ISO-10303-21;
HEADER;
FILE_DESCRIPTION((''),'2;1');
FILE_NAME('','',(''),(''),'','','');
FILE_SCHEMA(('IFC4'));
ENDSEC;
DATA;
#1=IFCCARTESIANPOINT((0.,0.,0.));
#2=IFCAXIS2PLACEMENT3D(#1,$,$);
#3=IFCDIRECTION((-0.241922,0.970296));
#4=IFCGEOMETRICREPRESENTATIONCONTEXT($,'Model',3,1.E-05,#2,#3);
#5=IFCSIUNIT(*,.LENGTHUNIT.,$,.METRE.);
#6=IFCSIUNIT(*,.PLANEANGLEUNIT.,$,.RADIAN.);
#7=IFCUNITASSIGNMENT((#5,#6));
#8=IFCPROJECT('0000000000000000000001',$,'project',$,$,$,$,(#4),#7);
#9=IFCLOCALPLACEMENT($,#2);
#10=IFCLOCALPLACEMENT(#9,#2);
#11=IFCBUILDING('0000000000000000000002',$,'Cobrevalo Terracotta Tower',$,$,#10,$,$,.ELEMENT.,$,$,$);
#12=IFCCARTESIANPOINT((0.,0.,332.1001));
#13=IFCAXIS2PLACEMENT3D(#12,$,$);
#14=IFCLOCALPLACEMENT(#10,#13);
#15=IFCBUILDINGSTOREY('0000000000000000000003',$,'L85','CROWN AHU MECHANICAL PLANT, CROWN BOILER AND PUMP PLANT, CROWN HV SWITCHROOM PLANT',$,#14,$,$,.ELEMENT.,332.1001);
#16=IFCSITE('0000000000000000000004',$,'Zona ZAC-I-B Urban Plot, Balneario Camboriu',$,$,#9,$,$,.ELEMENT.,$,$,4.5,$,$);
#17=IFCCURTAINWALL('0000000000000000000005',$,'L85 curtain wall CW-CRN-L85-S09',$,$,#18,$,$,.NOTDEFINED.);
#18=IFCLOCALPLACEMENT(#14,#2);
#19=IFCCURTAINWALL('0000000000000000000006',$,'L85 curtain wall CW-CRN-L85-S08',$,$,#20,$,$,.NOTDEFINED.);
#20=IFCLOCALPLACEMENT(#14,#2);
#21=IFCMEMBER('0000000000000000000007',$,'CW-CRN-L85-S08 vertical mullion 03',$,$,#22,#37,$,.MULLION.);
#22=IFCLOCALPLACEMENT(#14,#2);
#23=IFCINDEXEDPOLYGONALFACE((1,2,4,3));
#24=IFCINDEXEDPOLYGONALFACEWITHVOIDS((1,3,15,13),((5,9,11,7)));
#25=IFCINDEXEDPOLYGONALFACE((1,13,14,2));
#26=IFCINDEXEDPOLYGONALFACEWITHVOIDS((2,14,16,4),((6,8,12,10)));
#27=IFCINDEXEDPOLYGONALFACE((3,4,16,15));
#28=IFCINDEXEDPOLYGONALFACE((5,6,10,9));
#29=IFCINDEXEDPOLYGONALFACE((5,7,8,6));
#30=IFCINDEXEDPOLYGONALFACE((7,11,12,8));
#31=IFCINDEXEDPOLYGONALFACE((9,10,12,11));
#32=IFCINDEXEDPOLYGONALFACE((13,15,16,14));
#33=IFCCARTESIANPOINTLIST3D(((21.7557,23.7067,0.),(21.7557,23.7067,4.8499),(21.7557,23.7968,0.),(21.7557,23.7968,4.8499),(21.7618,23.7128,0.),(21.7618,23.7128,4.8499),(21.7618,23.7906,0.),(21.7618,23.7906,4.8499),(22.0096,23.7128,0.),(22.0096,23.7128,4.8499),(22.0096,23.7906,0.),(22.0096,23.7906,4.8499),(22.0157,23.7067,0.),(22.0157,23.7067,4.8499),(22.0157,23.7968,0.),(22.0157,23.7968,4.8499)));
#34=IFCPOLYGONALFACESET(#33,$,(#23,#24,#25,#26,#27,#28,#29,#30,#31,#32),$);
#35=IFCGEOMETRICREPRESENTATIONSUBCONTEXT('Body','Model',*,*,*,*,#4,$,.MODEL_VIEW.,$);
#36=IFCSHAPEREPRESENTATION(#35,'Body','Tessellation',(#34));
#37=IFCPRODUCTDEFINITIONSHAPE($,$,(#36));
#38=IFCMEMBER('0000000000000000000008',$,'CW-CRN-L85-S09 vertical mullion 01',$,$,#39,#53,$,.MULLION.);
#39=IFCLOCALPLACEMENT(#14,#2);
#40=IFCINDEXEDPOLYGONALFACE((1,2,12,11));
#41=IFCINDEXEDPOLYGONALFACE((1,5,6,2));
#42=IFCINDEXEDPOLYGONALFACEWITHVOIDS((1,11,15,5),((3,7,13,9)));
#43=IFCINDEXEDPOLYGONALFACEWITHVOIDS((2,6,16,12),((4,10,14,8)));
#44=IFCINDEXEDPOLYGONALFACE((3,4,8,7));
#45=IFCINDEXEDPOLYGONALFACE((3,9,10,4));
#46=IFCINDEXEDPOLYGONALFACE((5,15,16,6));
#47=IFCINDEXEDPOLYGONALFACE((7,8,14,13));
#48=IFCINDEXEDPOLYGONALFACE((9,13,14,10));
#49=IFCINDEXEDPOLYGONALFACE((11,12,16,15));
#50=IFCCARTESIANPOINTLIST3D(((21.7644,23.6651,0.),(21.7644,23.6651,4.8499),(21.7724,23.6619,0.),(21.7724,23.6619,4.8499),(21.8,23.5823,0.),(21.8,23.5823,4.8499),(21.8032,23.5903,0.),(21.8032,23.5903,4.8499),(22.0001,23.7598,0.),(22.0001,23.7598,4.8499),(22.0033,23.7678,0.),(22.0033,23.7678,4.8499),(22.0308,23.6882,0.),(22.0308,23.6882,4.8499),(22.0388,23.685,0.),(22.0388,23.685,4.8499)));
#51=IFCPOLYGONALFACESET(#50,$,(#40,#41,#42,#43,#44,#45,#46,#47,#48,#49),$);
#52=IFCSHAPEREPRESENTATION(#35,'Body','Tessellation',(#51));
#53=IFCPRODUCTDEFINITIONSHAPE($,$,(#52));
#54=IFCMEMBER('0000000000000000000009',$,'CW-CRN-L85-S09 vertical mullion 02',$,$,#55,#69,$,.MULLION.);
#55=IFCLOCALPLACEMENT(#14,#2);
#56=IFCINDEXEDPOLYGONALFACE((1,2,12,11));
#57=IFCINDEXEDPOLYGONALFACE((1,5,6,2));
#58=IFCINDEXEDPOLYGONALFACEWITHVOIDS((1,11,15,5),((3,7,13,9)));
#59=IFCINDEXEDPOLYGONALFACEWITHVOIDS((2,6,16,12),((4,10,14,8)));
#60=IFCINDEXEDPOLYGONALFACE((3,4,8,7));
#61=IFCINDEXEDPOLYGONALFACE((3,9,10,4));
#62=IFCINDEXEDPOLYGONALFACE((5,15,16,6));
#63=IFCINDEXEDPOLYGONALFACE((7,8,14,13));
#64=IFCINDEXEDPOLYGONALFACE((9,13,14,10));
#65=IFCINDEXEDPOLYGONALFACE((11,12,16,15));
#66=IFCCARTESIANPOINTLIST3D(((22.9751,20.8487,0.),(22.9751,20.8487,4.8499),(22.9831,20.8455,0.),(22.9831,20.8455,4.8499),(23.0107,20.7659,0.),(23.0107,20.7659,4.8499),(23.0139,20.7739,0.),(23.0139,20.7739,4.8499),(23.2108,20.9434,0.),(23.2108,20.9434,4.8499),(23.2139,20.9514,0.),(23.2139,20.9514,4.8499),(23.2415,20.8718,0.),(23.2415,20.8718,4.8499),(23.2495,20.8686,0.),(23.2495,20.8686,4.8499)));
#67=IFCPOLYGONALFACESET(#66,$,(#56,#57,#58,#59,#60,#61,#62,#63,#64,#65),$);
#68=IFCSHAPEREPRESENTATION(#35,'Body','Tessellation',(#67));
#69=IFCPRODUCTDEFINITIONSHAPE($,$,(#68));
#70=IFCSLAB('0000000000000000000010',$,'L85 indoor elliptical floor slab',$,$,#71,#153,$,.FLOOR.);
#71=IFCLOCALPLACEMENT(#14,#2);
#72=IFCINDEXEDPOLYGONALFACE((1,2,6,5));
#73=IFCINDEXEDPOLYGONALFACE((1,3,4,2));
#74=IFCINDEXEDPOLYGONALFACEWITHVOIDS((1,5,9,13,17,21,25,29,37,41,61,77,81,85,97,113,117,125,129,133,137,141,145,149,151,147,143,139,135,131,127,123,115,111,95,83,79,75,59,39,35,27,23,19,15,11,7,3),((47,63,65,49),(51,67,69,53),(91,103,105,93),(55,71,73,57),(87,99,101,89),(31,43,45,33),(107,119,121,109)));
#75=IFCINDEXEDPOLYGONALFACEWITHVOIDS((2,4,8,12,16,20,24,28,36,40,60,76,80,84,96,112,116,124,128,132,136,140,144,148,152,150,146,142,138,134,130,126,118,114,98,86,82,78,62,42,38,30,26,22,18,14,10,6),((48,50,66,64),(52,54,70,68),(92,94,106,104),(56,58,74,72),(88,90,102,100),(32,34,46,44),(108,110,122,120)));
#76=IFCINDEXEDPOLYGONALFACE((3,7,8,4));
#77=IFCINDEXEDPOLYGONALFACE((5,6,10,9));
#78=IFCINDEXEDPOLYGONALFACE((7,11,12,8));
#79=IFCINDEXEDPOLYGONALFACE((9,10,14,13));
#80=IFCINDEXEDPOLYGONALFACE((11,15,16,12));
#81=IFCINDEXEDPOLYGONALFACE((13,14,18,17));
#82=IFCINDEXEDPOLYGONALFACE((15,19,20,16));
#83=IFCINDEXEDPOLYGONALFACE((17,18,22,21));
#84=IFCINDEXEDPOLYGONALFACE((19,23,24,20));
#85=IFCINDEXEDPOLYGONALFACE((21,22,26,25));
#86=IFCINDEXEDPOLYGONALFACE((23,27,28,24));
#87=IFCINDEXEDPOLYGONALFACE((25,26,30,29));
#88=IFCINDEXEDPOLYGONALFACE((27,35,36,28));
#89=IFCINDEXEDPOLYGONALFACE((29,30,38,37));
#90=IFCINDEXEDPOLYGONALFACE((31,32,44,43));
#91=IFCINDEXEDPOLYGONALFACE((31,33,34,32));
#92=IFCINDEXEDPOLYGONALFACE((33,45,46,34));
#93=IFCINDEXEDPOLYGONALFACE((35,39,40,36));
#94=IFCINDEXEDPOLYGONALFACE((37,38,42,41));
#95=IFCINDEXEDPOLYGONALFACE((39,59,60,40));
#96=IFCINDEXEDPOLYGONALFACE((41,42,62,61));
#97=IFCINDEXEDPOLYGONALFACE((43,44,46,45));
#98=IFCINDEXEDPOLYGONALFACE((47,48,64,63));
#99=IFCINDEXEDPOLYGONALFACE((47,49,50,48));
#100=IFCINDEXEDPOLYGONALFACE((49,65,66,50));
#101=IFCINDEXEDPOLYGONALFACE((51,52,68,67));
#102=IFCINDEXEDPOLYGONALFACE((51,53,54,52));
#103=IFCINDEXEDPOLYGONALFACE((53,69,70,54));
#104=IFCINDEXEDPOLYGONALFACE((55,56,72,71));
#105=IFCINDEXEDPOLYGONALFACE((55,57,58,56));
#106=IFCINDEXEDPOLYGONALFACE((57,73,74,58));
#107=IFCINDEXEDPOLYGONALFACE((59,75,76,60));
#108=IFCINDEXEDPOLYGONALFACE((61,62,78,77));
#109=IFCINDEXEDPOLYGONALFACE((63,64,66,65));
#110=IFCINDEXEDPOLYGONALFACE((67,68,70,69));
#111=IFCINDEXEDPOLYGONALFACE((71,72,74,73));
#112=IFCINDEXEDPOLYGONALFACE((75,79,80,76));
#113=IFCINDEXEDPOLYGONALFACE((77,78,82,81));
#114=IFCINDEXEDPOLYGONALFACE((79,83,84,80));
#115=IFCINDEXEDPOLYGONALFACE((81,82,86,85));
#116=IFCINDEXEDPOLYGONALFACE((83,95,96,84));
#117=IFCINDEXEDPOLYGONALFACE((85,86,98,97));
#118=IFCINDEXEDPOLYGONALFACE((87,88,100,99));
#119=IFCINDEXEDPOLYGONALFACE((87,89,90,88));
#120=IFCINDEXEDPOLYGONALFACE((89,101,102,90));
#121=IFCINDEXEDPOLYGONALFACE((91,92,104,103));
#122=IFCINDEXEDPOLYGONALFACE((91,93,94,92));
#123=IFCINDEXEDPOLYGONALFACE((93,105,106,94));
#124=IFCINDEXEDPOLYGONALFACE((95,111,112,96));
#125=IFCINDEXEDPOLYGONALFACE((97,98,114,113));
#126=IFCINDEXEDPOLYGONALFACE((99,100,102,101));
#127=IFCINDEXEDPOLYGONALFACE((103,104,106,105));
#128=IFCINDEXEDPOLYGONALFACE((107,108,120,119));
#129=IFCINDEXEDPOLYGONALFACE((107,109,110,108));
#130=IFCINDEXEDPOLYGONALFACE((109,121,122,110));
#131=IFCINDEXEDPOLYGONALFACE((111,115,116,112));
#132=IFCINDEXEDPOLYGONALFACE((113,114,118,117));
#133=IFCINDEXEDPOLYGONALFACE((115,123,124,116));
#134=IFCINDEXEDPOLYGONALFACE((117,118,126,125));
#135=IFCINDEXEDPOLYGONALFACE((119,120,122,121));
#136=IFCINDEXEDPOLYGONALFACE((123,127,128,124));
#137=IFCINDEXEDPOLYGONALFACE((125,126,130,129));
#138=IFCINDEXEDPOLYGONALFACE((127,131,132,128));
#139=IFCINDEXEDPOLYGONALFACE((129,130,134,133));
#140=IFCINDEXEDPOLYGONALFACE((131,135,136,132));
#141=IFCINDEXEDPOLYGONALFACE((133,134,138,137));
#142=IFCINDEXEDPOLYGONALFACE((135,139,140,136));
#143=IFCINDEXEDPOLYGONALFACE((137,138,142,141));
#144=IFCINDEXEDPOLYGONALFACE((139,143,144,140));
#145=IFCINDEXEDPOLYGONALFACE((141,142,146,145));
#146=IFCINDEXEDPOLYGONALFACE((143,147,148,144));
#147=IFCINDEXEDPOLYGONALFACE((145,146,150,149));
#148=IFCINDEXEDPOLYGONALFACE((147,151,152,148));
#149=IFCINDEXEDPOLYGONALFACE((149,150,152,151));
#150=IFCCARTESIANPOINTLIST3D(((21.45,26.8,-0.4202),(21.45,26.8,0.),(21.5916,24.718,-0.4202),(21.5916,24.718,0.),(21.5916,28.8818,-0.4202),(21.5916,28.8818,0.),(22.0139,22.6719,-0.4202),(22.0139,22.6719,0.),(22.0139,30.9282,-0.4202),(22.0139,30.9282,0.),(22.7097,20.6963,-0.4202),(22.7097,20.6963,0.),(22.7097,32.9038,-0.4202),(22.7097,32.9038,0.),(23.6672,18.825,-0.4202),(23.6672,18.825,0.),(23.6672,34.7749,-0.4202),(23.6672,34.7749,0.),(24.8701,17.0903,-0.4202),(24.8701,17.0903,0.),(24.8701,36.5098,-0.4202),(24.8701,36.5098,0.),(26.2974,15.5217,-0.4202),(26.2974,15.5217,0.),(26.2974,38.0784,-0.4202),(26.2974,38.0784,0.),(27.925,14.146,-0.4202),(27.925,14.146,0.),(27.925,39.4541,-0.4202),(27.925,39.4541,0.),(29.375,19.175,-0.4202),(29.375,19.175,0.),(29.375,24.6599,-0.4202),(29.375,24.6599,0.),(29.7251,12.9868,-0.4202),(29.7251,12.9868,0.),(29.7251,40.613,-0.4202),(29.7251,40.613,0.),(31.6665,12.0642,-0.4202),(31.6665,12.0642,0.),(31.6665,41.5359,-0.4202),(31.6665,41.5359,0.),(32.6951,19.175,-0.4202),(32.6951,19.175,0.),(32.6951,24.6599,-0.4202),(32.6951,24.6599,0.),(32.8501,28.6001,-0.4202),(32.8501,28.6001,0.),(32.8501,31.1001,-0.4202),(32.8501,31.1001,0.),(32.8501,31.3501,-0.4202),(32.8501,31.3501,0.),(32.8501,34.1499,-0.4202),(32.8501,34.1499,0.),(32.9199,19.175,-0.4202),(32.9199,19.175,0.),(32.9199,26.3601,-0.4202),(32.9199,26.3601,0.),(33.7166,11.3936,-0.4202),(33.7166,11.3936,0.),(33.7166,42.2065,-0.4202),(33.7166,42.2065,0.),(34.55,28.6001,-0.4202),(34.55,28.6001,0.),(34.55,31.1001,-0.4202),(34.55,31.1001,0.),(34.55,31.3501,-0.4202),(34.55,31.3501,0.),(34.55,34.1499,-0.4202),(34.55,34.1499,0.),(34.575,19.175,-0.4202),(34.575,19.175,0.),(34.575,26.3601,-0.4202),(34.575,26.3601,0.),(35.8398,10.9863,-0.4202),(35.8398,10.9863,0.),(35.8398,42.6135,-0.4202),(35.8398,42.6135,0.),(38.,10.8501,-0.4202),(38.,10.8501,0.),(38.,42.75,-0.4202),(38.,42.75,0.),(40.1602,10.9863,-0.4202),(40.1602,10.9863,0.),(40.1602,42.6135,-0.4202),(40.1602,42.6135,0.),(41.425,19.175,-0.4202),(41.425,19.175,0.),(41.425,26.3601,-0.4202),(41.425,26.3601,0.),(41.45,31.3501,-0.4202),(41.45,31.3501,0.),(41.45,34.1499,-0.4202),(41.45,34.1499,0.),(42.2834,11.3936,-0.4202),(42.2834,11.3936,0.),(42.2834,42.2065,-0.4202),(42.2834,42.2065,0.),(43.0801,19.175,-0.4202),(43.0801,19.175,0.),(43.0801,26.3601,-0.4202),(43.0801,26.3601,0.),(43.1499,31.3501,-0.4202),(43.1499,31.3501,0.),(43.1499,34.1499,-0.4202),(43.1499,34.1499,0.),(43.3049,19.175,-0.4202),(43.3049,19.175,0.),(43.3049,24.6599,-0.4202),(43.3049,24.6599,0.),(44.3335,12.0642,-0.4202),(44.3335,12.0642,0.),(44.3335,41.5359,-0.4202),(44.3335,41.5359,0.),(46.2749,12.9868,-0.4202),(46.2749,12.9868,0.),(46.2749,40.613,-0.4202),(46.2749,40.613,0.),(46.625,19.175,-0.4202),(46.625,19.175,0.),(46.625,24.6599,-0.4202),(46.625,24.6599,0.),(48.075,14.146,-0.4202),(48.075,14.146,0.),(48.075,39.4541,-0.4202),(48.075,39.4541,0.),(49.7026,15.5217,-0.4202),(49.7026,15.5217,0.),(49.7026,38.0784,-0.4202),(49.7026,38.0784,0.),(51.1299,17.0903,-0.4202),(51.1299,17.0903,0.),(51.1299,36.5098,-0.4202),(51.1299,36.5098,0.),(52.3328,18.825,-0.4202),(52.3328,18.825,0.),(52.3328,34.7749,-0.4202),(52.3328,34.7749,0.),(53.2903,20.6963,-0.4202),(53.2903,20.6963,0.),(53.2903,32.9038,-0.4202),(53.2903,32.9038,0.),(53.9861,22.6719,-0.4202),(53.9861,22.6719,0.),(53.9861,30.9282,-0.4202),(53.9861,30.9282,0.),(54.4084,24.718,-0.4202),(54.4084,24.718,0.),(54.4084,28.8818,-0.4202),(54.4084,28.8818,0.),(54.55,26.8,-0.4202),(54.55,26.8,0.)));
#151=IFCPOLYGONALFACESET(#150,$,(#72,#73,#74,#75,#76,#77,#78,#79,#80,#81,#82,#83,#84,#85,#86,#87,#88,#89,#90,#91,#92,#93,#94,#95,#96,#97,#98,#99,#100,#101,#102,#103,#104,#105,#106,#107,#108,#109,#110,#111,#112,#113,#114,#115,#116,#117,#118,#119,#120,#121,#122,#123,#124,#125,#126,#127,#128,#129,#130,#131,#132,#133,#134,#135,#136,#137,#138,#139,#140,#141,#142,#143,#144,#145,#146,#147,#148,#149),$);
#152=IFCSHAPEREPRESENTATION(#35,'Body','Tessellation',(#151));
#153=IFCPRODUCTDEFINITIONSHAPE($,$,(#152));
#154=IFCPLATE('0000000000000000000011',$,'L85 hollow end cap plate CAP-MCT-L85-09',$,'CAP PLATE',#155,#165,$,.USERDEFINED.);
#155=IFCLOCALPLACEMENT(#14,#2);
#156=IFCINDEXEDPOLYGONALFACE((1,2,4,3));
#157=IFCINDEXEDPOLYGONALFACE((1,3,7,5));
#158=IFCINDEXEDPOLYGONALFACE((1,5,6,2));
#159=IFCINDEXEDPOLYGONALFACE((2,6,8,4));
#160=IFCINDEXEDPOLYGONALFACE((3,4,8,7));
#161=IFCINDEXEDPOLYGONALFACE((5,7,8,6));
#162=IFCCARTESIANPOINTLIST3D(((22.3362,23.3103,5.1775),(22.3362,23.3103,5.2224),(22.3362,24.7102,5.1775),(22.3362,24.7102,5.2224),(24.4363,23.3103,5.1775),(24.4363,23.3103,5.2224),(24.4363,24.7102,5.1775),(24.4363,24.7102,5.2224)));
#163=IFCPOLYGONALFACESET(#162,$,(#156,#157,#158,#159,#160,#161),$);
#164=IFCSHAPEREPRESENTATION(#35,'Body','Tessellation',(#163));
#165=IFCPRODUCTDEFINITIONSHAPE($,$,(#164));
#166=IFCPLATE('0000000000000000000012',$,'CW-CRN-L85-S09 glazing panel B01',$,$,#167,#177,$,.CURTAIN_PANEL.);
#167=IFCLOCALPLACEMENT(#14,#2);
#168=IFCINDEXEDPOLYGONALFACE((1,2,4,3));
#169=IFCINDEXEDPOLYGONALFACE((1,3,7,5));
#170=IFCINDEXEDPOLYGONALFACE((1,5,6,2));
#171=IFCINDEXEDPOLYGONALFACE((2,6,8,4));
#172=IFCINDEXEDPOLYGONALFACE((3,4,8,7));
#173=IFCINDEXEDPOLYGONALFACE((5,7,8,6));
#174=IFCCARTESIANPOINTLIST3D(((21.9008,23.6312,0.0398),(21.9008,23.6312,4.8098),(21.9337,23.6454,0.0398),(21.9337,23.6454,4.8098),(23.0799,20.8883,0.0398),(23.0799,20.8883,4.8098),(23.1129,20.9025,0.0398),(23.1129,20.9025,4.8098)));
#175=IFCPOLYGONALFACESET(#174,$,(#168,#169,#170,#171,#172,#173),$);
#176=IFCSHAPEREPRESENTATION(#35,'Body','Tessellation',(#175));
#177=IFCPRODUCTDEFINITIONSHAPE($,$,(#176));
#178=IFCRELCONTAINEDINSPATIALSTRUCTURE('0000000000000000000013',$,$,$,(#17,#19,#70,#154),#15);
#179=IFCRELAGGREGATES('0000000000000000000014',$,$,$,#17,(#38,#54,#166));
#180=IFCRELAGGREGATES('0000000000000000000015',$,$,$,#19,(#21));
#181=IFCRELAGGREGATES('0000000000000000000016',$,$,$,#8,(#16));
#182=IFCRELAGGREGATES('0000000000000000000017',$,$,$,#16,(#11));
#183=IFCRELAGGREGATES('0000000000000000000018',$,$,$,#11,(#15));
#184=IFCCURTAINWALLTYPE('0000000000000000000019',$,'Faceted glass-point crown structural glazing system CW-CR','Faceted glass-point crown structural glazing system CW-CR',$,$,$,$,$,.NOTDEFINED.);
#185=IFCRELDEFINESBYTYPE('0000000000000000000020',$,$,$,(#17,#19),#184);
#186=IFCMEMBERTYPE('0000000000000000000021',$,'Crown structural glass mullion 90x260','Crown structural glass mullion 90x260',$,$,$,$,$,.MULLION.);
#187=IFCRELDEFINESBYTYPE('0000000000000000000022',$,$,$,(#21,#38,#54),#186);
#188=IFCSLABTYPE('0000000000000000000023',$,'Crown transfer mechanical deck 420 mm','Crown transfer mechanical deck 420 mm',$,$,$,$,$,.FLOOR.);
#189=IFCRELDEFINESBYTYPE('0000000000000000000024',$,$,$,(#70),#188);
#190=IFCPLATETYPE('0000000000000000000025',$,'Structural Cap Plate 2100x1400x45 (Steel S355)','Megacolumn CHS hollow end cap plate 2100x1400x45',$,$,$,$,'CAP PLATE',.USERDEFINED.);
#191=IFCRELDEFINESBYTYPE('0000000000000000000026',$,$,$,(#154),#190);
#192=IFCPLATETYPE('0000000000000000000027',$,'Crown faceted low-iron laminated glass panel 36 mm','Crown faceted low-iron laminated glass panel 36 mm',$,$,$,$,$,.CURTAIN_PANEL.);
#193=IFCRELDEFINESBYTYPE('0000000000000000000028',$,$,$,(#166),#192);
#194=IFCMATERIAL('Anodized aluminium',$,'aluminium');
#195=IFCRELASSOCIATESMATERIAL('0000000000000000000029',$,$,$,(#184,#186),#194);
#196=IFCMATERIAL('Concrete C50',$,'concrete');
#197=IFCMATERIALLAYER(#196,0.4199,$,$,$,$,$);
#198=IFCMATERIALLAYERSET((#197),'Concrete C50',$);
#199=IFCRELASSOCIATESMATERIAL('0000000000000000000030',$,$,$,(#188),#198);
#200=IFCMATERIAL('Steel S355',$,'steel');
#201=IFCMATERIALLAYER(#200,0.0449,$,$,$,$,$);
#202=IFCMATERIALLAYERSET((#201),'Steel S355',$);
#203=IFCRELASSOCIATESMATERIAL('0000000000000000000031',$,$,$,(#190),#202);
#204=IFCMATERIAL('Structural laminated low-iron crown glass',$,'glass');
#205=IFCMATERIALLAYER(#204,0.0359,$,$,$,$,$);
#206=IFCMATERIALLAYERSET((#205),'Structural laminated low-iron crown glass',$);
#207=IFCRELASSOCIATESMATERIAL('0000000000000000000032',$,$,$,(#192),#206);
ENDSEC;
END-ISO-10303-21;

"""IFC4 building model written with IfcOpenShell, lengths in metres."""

from ifc_helpers import new_model, si_unit, direction, frame, origin, origin_2d, place, context, subcontext, project, spatial, polyline, rectangle, hollow_rectangle, outline, extrude, source, transform, mapped, material, layer, layer_set, material_profile, profile_set, type_object, element, aggregate, save


model = new_model("IFC4")

# Units and contexts
model_context = context("Model", 3, precision=1e-05, world=origin(), true_north=direction((-0.241922, 0.970296)))
body_context = subcontext(model_context, "Body", "Model", "MODEL_VIEW")
ifc_project = project(units=[si_unit("LENGTHUNIT", "METRE"), si_unit("PLANEANGLEUNIT", "RADIAN")], contexts=[model_context])

# Site, building, storey
site_placement = place(None, origin())
site = spatial("IfcSite", under=ifc_project, at=site_placement, Name="Zona ZAC-I-B Urban Plot, Balneario Camboriu", CompositionType="ELEMENT", RefElevation=4.5)
building_placement = place(site_placement, origin())
building = spatial("IfcBuilding", under=site, at=building_placement, Name="Cobrevalo Terracotta Tower", CompositionType="ELEMENT")
storey_placement = place(building_placement, frame((0.0, 0.0, 332.1001)))
storey = spatial("IfcBuildingStorey", under=building, at=storey_placement, Name="L85", Description="CROWN AHU MECHANICAL PLANT, CROWN BOILER AND PUMP PLANT, CROWN HV SWITCHROOM PLANT", CompositionType="ELEMENT", Elevation=332.1001)

# Shared definitions
ifc_material_1 = material(Name="Steel S355", Category="steel")

# Curtain wall
ifc_material_2 = material(Name="Anodized aluminium", Category="aluminium")
curtain_wall_type = type_object("IfcCurtainWallType", Name="Faceted glass-point crown structural glazing system CW-CR", Description="Faceted glass-point crown structural glazing system CW-CR", PredefinedType="NOTDEFINED", material=ifc_material_2)
curtain_wall_1_placement = place(storey_placement, origin())
curtain_wall_1 = element("IfcCurtainWall", 1, at=curtain_wall_1_placement, inside=storey, type_object=curtain_wall_type, Name="L85 curtain wall CW-CRN-L85-S09", PredefinedType="NOTDEFINED")

# Curtain wall, member
curtain_wall_2_placement = place(storey_placement, origin())
curtain_wall_2 = element("IfcCurtainWall", 2, at=curtain_wall_2_placement, inside=storey, type_object=curtain_wall_type, Name="L85 curtain wall CW-CRN-L85-S08", PredefinedType="NOTDEFINED")
ifc_material_profile_1 = material_profile(ifc_material_2, hollow_rectangle(XDim=0.0901, YDim=0.26, WallThickness=0.0061, at=origin_2d()), Name="CWM 90x260")
ifc_profile_set_1 = profile_set([ifc_material_profile_1], Name="Anodized aluminium")
member_type_1 = type_object("IfcMemberType", Name="Crown structural glass mullion 90x260", Description="Crown structural glass mullion 90x260", PredefinedType="MULLION", material=ifc_profile_set_1)
shared_shape_1 = source(origin(), body_context, "Body", "SweptSolid", [
    extrude(hollow_rectangle(XDim=0.0901, YDim=0.26, WallThickness=0.0061, at=origin_2d()), origin(), (0.0, 0.0, 1.0), 4.8499),
])
member_1_placement = place(storey_placement, frame((21.8857, 23.7517, 0.0), z_axis=(0.0, 0.0, 1.0), x_axis=(0.0, -1.0, 0.0)))
member_1 = element("IfcMember", 3, at=member_1_placement, type_object=member_type_1, Name="CW-CRN-L85-S08 vertical mullion 03", PredefinedType="MULLION", context=body_context, shape_type="MappedRepresentation", body=[
    mapped(shared_shape_1, transform((0.0, 0.0, 0.0), scale=1.0)),
])

# Members
member_2_placement = place(storey_placement, frame((21.9016, 23.675, 0.0), z_axis=(0.0, 0.0, 1.0), x_axis=(0.394968, -0.918695, 0.0)))
member_2 = element("IfcMember", 4, at=member_2_placement, type_object=member_type_1, Name="CW-CRN-L85-S09 vertical mullion 01", PredefinedType="MULLION", context=body_context, shape_type="MappedRepresentation", body=[
    mapped(shared_shape_1, transform((0.0, 0.0, 0.0), scale=1.0)),
])
member_3_placement = place(storey_placement, frame((23.1123, 20.8586, 0.0), z_axis=(0.0, 0.0, 1.0), x_axis=(0.394968, -0.918695, 0.0)))
member_3 = element("IfcMember", 5, at=member_3_placement, type_object=member_type_1, Name="CW-CRN-L85-S09 vertical mullion 02", PredefinedType="MULLION", context=body_context, shape_type="MappedRepresentation", body=[
    mapped(shared_shape_1, transform((0.0, 0.0, 0.0), scale=1.0)),
])

# Slab
ifc_material_3 = material(Name="Concrete C50", Category="concrete")
ifc_layer_1 = layer(ifc_material_3, 0.4199)
ifc_layer_set_1 = layer_set([ifc_layer_1], Name="Concrete C50")
slab_type = type_object("IfcSlabType", Name="Crown transfer mechanical deck 420 mm", Description="Crown transfer mechanical deck 420 mm", PredefinedType="FLOOR", material=ifc_layer_set_1)
slab_placement = place(storey_placement, frame((0.0, 0.0, -0.4202)))
element("IfcSlab", 6, at=slab_placement, inside=storey, type_object=slab_type, Name="L85 indoor elliptical floor slab", PredefinedType="FLOOR", context=body_context, shape_type="SweptSolid", body=[
    extrude(outline(polyline([(54.4084, 24.718), (53.9861, 22.6719), (53.2903, 20.6963), (52.3328, 18.825), (51.1299, 17.0903), (49.7026, 15.5217), (48.075, 14.146), (46.2749, 12.9868), (44.3335, 12.0642), (42.2834, 11.3936), (40.1602, 10.9863), (38.0, 10.8501), (35.8398, 10.9863), (33.7166, 11.3936), (31.6665, 12.0642), (29.7251, 12.9868), (27.925, 14.146), (26.2974, 15.5217), (24.8701, 17.0903), (23.6672, 18.825), (22.7097, 20.6963), (22.0139, 22.6719), (21.5916, 24.718), (21.45, 26.8), (21.5916, 28.8818), (22.0139, 30.9282), (22.7097, 32.9038), (23.6672, 34.7749), (24.8701, 36.5098), (26.2974, 38.0784), (27.925, 39.4541), (29.7251, 40.613), (31.6665, 41.5359), (33.7166, 42.2065), (35.8398, 42.6135), (38.0, 42.75), (40.1602, 42.6135), (42.2834, 42.2065), (44.3335, 41.5359), (46.2749, 40.613), (48.075, 39.4541), (49.7026, 38.0784), (51.1299, 36.5098), (52.3328, 34.7749), (53.2903, 32.9038), (53.9861, 30.9282), (54.4084, 28.8818), (54.55, 26.8), (54.4084, 24.718)]), holes=[polyline([(32.6951, 24.6599), (29.375, 24.6599), (29.375, 19.175), (32.6951, 19.175), (32.6951, 24.6599)]), polyline([(46.625, 19.175), (46.625, 24.6599), (43.3049, 24.6599), (43.3049, 19.175), (46.625, 19.175)]), polyline([(34.575, 26.3601), (32.9199, 26.3601), (32.9199, 19.175), (34.575, 19.175), (34.575, 26.3601)]), polyline([(43.0801, 26.3601), (41.425, 26.3601), (41.425, 19.175), (43.0801, 19.175), (43.0801, 26.3601)]), polyline([(34.55, 31.1001), (32.8501, 31.1001), (32.8501, 28.6001), (34.55, 28.6001), (34.55, 31.1001)]), polyline([(34.55, 34.1499), (32.8501, 34.1499), (32.8501, 31.3501), (34.55, 31.3501), (34.55, 34.1499)]), polyline([(43.1499, 34.1499), (41.45, 34.1499), (41.45, 31.3501), (43.1499, 31.3501), (43.1499, 34.1499)])]), origin(), (0.0, 0.0, 1.0), 0.4202),
])

# Plates
ifc_layer_2 = layer(ifc_material_1, 0.0449)
ifc_layer_set_2 = layer_set([ifc_layer_2], Name="Steel S355")
plate_type_1 = type_object("IfcPlateType", Name="Structural Cap Plate 2100x1400x45 (Steel S355)", Description="Megacolumn CHS hollow end cap plate 2100x1400x45", ElementType="CAP PLATE", PredefinedType="USERDEFINED", material=ifc_layer_set_2)
shared_shape_2 = source(origin(), body_context, "Body", "SweptSolid", [
    extrude(rectangle(XDim=2.1001, YDim=1.3999, at=origin_2d()), origin(), (0.0, 0.0, 1.0), 0.0449),
])
plate_1_placement = place(storey_placement, frame((23.3862, 24.0103, 5.1775), z_axis=(0.0, 0.0, 1.0), x_axis=(-1.0, 0.0, 0.0)))
element("IfcPlate", 7, at=plate_1_placement, inside=storey, type_object=plate_type_1, Name="L85 hollow end cap plate CAP-MCT-L85-09", ObjectType="CAP PLATE", PredefinedType="USERDEFINED", context=body_context, shape_type="MappedRepresentation", body=[
    mapped(shared_shape_2, transform((0.0, 0.0, 0.0), scale=1.0)),
])
ifc_material_4 = material(Name="Structural laminated low-iron crown glass", Category="glass")
ifc_layer_3 = layer(ifc_material_4, 0.0359)
ifc_layer_set_3 = layer_set([ifc_layer_3], Name="Structural laminated low-iron crown glass")
plate_type_2 = type_object("IfcPlateType", Name="Crown faceted low-iron laminated glass panel 36 mm", Description="Crown faceted low-iron laminated glass panel 36 mm", PredefinedType="CURTAIN_PANEL", material=ifc_layer_set_3)
shared_shape_3 = source(origin(), body_context, "Body", "SweptSolid", [
    extrude(rectangle(XDim=2.9856, YDim=0.0359, at=origin_2d()), origin(), (0.0, 0.0, 1.0), 4.77),
])
plate_2_placement = place(storey_placement, frame((22.5068, 22.2668, 0.0398), z_axis=(0.0, 0.0, 1.0), x_axis=(0.39496, -0.918698, 0.0)))
plate_2 = element("IfcPlate", 8, at=plate_2_placement, type_object=plate_type_2, Name="CW-CRN-L85-S09 glazing panel B01", PredefinedType="CURTAIN_PANEL", context=body_context, shape_type="MappedRepresentation", body=[
    mapped(shared_shape_3, transform((0.0, 0.0, 0.0), scale=1.0)),
])
aggregate(curtain_wall_1, [member_2, member_3, plate_2])
aggregate(curtain_wall_2, [member_1])

save(model, "model.ifc")
